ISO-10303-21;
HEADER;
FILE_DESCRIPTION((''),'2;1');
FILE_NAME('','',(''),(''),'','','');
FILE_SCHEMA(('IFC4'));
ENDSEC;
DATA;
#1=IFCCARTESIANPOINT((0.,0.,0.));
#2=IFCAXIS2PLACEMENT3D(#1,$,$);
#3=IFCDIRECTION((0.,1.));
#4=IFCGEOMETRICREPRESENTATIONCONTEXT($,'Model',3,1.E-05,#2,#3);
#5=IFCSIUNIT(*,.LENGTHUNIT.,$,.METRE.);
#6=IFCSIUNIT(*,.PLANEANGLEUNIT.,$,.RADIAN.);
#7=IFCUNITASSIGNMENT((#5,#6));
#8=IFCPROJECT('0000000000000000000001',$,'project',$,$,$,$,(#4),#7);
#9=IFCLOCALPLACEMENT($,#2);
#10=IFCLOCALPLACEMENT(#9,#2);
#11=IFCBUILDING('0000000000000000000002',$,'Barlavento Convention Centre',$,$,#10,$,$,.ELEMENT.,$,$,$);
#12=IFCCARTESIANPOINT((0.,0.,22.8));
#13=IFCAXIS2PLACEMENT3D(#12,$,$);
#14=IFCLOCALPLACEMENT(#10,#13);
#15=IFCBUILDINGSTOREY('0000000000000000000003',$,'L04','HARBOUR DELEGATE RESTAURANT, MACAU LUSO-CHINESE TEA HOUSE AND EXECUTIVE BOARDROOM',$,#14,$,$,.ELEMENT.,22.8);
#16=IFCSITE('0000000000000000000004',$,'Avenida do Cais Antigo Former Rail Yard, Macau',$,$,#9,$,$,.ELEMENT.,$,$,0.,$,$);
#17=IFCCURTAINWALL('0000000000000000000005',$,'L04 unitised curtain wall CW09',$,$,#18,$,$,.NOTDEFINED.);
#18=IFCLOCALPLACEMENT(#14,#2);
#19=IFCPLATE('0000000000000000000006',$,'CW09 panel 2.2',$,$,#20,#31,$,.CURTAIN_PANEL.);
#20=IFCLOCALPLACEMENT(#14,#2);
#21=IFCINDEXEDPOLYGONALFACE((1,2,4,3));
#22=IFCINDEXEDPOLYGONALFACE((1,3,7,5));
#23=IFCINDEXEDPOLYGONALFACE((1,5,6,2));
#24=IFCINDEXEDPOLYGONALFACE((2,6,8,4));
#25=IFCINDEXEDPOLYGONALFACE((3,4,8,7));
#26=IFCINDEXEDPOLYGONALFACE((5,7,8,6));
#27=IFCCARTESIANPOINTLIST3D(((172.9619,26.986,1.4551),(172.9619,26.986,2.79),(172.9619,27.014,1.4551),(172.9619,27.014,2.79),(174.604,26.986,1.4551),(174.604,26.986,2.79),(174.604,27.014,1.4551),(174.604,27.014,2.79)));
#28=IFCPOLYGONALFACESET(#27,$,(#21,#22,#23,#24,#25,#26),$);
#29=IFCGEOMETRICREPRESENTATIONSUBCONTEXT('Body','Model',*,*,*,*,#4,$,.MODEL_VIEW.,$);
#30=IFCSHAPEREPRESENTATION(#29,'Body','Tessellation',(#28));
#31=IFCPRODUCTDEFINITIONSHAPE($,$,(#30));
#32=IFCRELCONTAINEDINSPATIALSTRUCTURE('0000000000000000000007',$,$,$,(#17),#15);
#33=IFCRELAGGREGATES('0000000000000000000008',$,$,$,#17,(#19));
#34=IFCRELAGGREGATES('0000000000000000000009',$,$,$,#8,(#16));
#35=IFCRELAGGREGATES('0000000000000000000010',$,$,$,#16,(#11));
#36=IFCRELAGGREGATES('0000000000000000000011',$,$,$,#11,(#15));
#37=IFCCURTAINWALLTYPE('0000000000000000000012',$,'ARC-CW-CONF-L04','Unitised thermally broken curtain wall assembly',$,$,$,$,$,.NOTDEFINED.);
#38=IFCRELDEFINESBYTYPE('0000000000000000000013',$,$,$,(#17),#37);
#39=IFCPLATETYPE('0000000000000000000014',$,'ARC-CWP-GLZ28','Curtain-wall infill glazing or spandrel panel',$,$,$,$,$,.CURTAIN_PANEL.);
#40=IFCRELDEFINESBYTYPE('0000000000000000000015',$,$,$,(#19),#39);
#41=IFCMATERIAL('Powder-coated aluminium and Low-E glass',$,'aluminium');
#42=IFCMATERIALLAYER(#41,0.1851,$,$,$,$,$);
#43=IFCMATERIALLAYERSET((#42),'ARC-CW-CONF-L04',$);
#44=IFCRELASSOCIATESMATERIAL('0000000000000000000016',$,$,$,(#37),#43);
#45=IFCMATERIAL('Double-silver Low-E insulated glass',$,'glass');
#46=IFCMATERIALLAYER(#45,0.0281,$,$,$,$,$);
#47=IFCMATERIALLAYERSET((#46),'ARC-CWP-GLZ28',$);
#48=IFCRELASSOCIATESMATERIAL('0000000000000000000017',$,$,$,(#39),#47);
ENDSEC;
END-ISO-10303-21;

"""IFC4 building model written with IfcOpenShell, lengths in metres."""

from ifc_helpers import new_model, si_unit, direction, frame, origin, origin_2d, place, context, subcontext, project, spatial, rectangle, extrude, material, layer, layer_set, type_object, element, aggregate, save


model = new_model("IFC4")

# Units and contexts
model_context = context("Model", 3, precision=1e-05, world=origin(), true_north=direction((0.0, 1.0)))
body_context = subcontext(model_context, "Body", "Model", "MODEL_VIEW")
ifc_project = project(units=[si_unit("LENGTHUNIT", "METRE"), si_unit("PLANEANGLEUNIT", "RADIAN")], contexts=[model_context])

# Site, building, storey
site_placement = place(None, origin())
site = spatial("IfcSite", under=ifc_project, at=site_placement, Name="Avenida do Cais Antigo Former Rail Yard, Macau", CompositionType="ELEMENT", RefElevation=0.0)
building_placement = place(site_placement, origin())
building = spatial("IfcBuilding", under=site, at=building_placement, Name="Barlavento Convention Centre", CompositionType="ELEMENT")
storey_placement = place(building_placement, frame((0.0, 0.0, 22.8)))
storey = spatial("IfcBuildingStorey", under=building, at=storey_placement, Name="L04", Description="HARBOUR DELEGATE RESTAURANT, MACAU LUSO-CHINESE TEA HOUSE AND EXECUTIVE BOARDROOM", CompositionType="ELEMENT", Elevation=22.8)

# Curtain wall
ifc_material_1 = material(Name="Powder-coated aluminium and Low-E glass", Category="aluminium")
ifc_layer_1 = layer(ifc_material_1, 0.1851)
ifc_layer_set_1 = layer_set([ifc_layer_1], Name="ARC-CW-CONF-L04")
curtain_wall_type = type_object("IfcCurtainWallType", Name="ARC-CW-CONF-L04", Description="Unitised thermally broken curtain wall assembly", PredefinedType="NOTDEFINED", material=ifc_layer_set_1)
curtain_wall_placement = place(storey_placement, origin())
curtain_wall = element("IfcCurtainWall", 1, at=curtain_wall_placement, inside=storey, type_object=curtain_wall_type, Name="L04 unitised curtain wall CW09", PredefinedType="NOTDEFINED")

# Plate
ifc_material_2 = material(Name="Double-silver Low-E insulated glass", Category="glass")
ifc_layer_2 = layer(ifc_material_2, 0.0281)
ifc_layer_set_2 = layer_set([ifc_layer_2], Name="ARC-CWP-GLZ28")
plate_type = type_object("IfcPlateType", Name="ARC-CWP-GLZ28", Description="Curtain-wall infill glazing or spandrel panel", PredefinedType="CURTAIN_PANEL", material=ifc_layer_set_2)
plate_1_placement = place(storey_placement, frame((173.783, 27.0, 1.4551), z_axis=(0.0, 0.0, 1.0), x_axis=(1.0, 0.0, 0.0)))
plate_1 = element("IfcPlate", 2, at=plate_1_placement, type_object=plate_type, Name="CW09 panel 2.2", PredefinedType="CURTAIN_PANEL", context=body_context, shape_type="SweptSolid", body=[
    extrude(rectangle(XDim=1.6421, YDim=0.0281, at=origin_2d()), origin(), (0.0, 0.0, 1.0), 1.335),
])
aggregate(curtain_wall, [plate_1])

save(model, "model.ifc")
